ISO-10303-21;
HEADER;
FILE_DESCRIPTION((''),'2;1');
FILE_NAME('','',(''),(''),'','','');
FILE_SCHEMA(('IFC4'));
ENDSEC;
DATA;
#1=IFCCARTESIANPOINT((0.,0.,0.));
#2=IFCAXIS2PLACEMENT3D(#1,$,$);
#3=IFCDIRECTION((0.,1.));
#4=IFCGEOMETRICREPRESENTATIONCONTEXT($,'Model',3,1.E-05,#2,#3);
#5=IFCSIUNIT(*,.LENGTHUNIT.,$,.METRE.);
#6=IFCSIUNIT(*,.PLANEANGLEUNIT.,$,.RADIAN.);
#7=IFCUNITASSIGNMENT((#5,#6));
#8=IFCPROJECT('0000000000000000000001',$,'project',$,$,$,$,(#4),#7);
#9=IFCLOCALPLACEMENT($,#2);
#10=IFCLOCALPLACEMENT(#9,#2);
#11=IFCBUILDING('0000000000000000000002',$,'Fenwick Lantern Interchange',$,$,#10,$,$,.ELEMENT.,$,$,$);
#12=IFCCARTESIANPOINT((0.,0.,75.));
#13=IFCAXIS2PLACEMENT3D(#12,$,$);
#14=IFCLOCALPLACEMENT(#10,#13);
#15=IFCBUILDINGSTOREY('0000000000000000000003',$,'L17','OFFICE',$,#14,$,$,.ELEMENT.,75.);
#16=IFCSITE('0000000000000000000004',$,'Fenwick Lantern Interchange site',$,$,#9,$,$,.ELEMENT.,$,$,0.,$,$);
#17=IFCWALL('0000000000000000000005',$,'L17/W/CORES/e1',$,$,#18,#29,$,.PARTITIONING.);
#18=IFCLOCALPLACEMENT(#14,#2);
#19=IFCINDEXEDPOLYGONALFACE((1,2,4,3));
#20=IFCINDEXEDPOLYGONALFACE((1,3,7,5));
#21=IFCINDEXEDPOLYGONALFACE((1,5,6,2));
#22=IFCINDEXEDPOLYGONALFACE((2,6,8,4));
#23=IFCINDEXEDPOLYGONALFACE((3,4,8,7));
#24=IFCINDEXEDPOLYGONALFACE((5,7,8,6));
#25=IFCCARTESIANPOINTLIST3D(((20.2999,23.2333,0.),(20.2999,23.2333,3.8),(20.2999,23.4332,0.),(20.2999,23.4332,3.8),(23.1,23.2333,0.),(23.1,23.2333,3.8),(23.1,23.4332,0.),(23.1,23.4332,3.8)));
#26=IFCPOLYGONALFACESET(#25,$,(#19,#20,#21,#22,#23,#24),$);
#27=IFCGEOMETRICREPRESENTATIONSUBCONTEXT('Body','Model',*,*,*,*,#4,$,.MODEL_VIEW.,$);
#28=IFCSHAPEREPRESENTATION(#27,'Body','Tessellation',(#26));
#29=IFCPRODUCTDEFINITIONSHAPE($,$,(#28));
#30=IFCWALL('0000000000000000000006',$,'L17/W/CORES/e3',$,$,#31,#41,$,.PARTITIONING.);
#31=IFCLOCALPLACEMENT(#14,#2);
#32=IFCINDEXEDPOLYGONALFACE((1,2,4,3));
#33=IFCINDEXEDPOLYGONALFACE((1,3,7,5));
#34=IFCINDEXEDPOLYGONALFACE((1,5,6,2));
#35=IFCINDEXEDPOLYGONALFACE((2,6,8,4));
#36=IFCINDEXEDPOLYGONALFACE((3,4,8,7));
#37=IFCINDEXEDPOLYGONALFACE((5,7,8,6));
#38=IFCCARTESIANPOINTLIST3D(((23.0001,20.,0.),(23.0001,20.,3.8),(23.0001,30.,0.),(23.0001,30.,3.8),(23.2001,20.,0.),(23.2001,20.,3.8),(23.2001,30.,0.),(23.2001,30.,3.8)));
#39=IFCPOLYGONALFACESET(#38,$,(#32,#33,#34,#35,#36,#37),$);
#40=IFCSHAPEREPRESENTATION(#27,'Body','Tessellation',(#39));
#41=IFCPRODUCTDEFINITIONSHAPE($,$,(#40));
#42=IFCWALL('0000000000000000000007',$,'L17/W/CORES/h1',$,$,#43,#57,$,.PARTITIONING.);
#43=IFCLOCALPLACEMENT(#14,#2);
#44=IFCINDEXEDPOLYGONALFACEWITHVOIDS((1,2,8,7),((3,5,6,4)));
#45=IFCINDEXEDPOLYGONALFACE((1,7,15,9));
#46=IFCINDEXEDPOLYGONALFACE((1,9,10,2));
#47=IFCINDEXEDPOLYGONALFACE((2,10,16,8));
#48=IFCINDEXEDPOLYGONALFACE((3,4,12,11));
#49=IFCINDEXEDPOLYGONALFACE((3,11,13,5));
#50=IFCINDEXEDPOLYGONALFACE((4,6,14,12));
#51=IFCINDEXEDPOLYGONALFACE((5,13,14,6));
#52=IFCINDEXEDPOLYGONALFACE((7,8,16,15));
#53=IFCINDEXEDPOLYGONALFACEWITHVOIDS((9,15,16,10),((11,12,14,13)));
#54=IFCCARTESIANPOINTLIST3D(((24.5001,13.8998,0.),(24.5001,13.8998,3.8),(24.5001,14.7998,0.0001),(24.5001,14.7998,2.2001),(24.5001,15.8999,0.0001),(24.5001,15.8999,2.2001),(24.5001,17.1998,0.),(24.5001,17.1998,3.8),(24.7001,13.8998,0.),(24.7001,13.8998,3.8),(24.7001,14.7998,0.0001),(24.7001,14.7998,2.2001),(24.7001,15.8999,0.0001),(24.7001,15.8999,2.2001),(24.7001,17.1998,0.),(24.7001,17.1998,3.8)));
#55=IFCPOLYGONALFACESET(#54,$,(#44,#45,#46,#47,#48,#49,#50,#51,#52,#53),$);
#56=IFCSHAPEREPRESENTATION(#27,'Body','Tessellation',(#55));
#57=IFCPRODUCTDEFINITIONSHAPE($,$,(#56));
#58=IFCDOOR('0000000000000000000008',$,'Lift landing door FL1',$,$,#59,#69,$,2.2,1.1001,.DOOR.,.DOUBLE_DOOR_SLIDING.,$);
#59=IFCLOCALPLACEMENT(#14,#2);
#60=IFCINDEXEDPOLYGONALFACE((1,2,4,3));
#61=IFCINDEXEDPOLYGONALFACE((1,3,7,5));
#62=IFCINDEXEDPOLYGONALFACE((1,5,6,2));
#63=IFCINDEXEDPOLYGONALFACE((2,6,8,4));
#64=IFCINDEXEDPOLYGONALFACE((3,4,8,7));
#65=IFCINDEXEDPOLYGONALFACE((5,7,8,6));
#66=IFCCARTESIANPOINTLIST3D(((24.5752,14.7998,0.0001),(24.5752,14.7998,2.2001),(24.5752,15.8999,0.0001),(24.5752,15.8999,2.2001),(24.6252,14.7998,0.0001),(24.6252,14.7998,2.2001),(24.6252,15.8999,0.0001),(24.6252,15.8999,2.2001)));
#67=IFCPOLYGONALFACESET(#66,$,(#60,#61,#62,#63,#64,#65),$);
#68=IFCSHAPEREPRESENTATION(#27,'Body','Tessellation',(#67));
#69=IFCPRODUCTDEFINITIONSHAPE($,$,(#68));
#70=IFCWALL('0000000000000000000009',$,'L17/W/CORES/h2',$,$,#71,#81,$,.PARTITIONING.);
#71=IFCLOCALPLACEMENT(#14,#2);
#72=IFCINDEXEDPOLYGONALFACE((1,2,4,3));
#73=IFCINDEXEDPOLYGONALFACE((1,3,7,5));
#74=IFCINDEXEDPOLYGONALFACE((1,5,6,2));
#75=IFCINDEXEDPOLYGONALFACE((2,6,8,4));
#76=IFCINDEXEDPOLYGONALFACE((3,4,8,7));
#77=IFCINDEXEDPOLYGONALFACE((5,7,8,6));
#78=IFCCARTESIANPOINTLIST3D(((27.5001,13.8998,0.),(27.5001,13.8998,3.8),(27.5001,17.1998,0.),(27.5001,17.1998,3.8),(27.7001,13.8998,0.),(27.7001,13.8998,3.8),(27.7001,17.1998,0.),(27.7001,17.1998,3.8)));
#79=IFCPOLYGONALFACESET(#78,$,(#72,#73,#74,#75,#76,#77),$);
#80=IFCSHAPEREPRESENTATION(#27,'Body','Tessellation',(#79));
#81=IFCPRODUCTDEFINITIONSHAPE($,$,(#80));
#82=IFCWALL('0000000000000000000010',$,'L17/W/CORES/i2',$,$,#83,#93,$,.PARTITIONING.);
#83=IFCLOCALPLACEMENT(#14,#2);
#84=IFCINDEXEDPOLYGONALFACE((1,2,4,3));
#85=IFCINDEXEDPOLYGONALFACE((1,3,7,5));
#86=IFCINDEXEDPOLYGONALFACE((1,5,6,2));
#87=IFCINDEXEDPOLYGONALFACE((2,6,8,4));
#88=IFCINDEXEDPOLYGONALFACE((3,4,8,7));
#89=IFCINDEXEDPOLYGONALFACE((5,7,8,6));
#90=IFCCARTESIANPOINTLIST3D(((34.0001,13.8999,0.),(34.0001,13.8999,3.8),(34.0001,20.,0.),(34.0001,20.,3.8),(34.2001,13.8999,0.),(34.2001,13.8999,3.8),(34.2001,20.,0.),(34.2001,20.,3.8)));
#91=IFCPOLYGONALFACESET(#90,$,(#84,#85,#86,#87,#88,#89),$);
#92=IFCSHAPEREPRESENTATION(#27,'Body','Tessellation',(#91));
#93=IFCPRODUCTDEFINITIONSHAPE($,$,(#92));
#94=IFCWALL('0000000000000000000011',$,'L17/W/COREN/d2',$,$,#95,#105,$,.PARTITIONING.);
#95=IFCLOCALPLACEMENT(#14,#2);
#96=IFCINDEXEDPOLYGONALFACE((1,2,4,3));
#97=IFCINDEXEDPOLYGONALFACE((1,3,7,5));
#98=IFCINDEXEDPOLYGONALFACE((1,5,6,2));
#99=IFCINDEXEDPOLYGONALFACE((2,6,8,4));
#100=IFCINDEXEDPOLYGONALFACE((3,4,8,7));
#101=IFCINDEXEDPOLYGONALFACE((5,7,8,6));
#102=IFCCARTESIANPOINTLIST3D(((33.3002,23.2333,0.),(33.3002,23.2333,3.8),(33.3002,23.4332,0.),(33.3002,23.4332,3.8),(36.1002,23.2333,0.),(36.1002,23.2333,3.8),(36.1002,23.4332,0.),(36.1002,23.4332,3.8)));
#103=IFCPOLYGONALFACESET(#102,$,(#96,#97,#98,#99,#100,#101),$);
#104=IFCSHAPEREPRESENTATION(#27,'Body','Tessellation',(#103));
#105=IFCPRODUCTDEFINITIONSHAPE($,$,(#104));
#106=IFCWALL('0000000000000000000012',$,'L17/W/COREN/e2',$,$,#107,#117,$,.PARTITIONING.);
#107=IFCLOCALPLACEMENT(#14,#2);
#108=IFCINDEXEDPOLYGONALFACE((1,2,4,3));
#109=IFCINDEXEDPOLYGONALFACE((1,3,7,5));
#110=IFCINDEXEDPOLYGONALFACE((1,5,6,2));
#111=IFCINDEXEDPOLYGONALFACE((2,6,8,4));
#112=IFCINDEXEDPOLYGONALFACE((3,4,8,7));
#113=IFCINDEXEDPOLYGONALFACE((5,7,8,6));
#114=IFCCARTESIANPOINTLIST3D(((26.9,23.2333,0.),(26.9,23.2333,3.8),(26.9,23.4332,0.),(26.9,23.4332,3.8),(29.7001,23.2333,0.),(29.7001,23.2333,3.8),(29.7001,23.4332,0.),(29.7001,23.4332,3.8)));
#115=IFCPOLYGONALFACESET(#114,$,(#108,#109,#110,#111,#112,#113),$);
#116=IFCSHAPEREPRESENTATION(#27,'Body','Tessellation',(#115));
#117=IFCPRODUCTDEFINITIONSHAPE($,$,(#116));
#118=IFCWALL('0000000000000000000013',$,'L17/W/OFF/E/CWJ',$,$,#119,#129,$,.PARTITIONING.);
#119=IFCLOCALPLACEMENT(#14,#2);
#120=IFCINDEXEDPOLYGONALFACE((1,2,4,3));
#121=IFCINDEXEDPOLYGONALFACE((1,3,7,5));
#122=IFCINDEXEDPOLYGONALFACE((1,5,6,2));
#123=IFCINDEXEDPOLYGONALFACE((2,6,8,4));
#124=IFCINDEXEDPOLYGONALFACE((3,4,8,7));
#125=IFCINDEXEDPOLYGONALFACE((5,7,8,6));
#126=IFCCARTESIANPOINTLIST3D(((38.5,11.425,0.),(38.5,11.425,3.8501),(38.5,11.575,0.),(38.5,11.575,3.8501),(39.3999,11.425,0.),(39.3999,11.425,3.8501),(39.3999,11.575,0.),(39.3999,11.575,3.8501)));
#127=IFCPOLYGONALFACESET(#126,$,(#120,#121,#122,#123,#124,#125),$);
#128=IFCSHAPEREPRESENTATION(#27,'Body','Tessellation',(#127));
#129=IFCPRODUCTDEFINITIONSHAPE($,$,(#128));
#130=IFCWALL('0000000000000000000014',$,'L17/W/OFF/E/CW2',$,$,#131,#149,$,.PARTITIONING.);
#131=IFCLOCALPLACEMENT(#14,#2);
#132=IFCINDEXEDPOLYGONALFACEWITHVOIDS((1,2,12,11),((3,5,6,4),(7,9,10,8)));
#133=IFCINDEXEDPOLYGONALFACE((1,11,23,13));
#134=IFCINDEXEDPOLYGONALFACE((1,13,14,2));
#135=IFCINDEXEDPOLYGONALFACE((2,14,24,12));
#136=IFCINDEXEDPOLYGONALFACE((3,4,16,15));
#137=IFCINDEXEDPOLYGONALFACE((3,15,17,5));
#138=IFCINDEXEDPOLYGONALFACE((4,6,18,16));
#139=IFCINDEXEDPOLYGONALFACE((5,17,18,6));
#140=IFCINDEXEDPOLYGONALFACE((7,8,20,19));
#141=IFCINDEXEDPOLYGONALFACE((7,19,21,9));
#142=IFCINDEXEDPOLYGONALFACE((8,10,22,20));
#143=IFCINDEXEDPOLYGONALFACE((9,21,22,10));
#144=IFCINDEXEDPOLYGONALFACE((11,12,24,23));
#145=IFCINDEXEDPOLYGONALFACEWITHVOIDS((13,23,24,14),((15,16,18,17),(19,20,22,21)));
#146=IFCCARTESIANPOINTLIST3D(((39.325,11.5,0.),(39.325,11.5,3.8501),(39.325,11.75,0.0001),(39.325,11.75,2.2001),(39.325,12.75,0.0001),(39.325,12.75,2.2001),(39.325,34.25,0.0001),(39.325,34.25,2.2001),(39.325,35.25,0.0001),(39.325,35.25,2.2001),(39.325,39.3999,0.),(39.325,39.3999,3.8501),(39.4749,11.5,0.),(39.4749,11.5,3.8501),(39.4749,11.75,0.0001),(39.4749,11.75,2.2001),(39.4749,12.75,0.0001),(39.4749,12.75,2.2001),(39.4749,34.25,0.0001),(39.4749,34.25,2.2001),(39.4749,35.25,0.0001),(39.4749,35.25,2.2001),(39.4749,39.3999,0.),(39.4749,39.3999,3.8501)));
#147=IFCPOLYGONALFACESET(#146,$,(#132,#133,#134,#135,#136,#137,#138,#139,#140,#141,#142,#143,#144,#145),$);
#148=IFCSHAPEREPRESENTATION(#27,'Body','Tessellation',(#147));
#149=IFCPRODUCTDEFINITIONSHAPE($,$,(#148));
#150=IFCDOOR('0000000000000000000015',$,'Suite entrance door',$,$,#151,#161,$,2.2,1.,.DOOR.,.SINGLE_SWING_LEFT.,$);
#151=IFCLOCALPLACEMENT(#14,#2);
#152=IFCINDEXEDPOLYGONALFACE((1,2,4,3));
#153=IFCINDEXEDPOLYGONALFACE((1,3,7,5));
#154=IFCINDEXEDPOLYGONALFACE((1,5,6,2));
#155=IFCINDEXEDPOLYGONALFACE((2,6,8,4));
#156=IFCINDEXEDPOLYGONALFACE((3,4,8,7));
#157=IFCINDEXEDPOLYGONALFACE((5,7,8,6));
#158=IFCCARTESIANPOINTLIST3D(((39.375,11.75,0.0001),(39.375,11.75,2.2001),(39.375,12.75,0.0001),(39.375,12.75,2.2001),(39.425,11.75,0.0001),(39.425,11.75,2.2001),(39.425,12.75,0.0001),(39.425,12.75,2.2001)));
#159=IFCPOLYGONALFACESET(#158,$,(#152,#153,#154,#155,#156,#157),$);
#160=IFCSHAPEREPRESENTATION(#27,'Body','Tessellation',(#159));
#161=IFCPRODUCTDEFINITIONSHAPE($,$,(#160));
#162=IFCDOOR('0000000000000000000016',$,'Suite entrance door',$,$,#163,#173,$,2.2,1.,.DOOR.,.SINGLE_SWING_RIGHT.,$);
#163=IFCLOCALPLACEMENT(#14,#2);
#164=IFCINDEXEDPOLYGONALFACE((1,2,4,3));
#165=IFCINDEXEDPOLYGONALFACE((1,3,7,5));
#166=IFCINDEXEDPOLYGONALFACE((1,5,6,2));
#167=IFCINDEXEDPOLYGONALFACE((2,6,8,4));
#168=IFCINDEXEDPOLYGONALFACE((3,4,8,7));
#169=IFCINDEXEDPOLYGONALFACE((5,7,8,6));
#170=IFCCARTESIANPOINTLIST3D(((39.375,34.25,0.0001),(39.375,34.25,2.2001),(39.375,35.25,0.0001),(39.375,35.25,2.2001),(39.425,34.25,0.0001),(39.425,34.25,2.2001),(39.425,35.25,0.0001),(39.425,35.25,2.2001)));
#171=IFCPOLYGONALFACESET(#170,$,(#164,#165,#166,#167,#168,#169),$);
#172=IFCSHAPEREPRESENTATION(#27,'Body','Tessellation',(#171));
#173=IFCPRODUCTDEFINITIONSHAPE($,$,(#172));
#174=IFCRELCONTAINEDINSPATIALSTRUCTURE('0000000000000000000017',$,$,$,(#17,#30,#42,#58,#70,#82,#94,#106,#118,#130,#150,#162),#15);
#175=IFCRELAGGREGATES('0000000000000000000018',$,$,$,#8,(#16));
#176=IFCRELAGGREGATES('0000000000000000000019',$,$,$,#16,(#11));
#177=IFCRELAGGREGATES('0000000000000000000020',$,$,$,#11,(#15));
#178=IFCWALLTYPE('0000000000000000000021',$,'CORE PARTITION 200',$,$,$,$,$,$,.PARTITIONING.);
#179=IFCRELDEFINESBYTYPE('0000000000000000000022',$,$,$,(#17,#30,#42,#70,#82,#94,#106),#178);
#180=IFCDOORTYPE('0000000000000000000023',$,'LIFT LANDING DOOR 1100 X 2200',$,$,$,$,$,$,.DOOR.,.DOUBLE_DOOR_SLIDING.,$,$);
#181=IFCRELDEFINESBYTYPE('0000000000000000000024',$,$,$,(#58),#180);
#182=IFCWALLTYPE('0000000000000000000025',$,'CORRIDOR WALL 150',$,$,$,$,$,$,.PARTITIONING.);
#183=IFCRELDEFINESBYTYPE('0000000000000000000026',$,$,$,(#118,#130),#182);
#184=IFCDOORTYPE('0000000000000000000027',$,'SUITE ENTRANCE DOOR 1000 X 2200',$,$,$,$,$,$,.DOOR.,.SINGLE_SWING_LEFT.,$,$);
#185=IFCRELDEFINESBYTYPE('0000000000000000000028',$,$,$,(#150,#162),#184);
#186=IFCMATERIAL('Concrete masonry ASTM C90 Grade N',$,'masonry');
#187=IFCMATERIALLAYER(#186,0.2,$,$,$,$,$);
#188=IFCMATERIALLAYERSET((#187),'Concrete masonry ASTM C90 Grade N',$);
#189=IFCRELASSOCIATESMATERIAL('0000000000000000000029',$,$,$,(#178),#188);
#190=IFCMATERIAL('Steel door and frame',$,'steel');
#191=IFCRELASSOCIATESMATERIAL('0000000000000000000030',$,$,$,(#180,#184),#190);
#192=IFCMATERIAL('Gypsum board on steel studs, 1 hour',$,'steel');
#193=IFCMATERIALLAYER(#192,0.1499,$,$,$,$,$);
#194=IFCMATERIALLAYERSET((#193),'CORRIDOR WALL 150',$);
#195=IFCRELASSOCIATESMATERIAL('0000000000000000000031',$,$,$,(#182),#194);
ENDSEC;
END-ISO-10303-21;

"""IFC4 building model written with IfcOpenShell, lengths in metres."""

from ifc_helpers import new_model, si_unit, direction, frame, frame_2d, origin, place, context, subcontext, project, spatial, rectangle, extrude, material, layer, layer_set, type_object, element, fill, save


model = new_model("IFC4")

# Units and contexts
model_context = context("Model", 3, precision=1e-05, world=origin(), true_north=direction((0.0, 1.0)))
body_context = subcontext(model_context, "Body", "Model", "MODEL_VIEW")
ifc_project = project(units=[si_unit("LENGTHUNIT", "METRE"), si_unit("PLANEANGLEUNIT", "RADIAN")], contexts=[model_context])

# Site, building, storey
site_placement = place(None, origin())
site = spatial("IfcSite", under=ifc_project, at=site_placement, Name="Fenwick Lantern Interchange site", CompositionType="ELEMENT", RefElevation=0.0)
building_placement = place(site_placement, origin())
building = spatial("IfcBuilding", under=site, at=building_placement, Name="Fenwick Lantern Interchange", CompositionType="ELEMENT")
storey_placement = place(building_placement, frame((0.0, 0.0, 75.0)))
storey = spatial("IfcBuildingStorey", under=building, at=storey_placement, Name="L17", Description="OFFICE", CompositionType="ELEMENT", Elevation=75.0)

# Walls
ifc_material_1 = material(Name="Concrete masonry ASTM C90 Grade N", Category="masonry")
ifc_layer_1 = layer(ifc_material_1, 0.2)
ifc_layer_set_1 = layer_set([ifc_layer_1], Name="Concrete masonry ASTM C90 Grade N")
wall_type_1 = type_object("IfcWallType", Name="CORE PARTITION 200", PredefinedType="PARTITIONING", material=ifc_layer_set_1)
wall_1_placement = place(storey_placement, frame((20.3, 23.3333, 0.0), z_axis=(0.0, 0.0, 1.0), x_axis=(1.0, 0.0, 0.0)))
element("IfcWall", 1, at=wall_1_placement, inside=storey, type_object=wall_type_1, Name="L17/W/CORES/e1", PredefinedType="PARTITIONING", context=body_context, shape_type="SweptSolid", body=[
    extrude(rectangle(XDim=2.8, YDim=0.2, at=frame_2d((1.3999, 0.0))), origin(), (0.0, 0.0, 1.0), 3.8),
])
wall_2_placement = place(storey_placement, frame((23.1001, 20.0, 0.0), z_axis=(0.0, 0.0, 1.0), x_axis=(0.0, 1.0, 0.0)))
element("IfcWall", 2, at=wall_2_placement, inside=storey, type_object=wall_type_1, Name="L17/W/CORES/e3", PredefinedType="PARTITIONING", context=body_context, shape_type="SweptSolid", body=[
    extrude(rectangle(XDim=10.0, YDim=0.2, at=frame_2d((5.0, 0.0))), origin(), (0.0, 0.0, 1.0), 3.8),
])

# Wall, opening, door
wall_3_placement = place(storey_placement, frame((24.6001, 13.8999, 0.0), z_axis=(0.0, 0.0, 1.0), x_axis=(0.0, 1.0, 0.0)))
wall_3 = element("IfcWall", 3, at=wall_3_placement, inside=storey, type_object=wall_type_1, Name="L17/W/CORES/h1", PredefinedType="PARTITIONING", context=body_context, shape_type="SweptSolid", body=[
    extrude(rectangle(XDim=3.3, YDim=0.2, at=frame_2d((1.6499, 0.0))), origin(), (0.0, 0.0, 1.0), 3.8),
])
opening_1_placement = place(wall_3_placement, frame((0.8999, 0.0, 0.0)))
opening_1 = element("IfcOpeningElement", 4, at=opening_1_placement, cuts=wall_3, PredefinedType="OPENING", context=body_context, shape_type="SweptSolid", body=[
    extrude(rectangle(XDim=1.1001, YDim=2.2, at=frame_2d((0.55, 1.1001))), frame((0.0, 0.1099, 0.0), z_axis=(0.0, -1.0, 0.0), x_axis=(1.0, 0.0, 0.0)), (0.0, 0.0, 1.0), 0.22),
])
ifc_material_2 = material(Name="Steel door and frame", Category="steel")
door_type_1 = type_object("IfcDoorType", Name="LIFT LANDING DOOR 1100 X 2200", OperationType="DOUBLE_DOOR_SLIDING", PredefinedType="DOOR", material=ifc_material_2)
door_1_placement = place(opening_1_placement, origin())
door_1 = element("IfcDoor", 5, at=door_1_placement, inside=storey, type_object=door_type_1, Name="Lift landing door FL1", OperationType="DOUBLE_DOOR_SLIDING", OverallHeight=2.2, OverallWidth=1.1001, PredefinedType="DOOR", context=body_context, shape_type="SweptSolid", body=[
    extrude(rectangle(XDim=1.1001, YDim=2.2, at=frame_2d((0.55, 1.1001))), frame((0.0, 0.0249, 0.0), z_axis=(0.0, -1.0, 0.0), x_axis=(1.0, 0.0, 0.0)), (0.0, 0.0, 1.0), 0.05),
])
fill(opening_1, door_1)

# Walls
wall_4_placement = place(storey_placement, frame((27.6001, 13.8999, 0.0), z_axis=(0.0, 0.0, 1.0), x_axis=(0.0, 1.0, 0.0)))
element("IfcWall", 6, at=wall_4_placement, inside=storey, type_object=wall_type_1, Name="L17/W/CORES/h2", PredefinedType="PARTITIONING", context=body_context, shape_type="SweptSolid", body=[
    extrude(rectangle(XDim=3.3, YDim=0.2, at=frame_2d((1.6499, 0.0))), origin(), (0.0, 0.0, 1.0), 3.8),
])
wall_5_placement = place(storey_placement, frame((34.1001, 13.8999, 0.0), z_axis=(0.0, 0.0, 1.0), x_axis=(0.0, 1.0, 0.0)))
element("IfcWall", 7, at=wall_5_placement, inside=storey, type_object=wall_type_1, Name="L17/W/CORES/i2", PredefinedType="PARTITIONING", context=body_context, shape_type="SweptSolid", body=[
    extrude(rectangle(XDim=6.1001, YDim=0.2, at=frame_2d((3.05, 0.0))), origin(), (0.0, 0.0, 1.0), 3.8),
])
for number, where, z_axis, x_axis, name in (
    (8, (36.1001, 23.3333, 0.0), (0.0, 0.0, 1.0), (-1.0, 0.0, 0.0), "L17/W/COREN/d2"),
    (9, (29.7, 23.3333, 0.0), (0.0, 0.0, 1.0), (-1.0, 0.0, 0.0), "L17/W/COREN/e2"),
):
    element("IfcWall", number, at=place(storey_placement, frame(where, z_axis=z_axis, x_axis=x_axis)), inside=storey, type_object=wall_type_1, Name=name, PredefinedType="PARTITIONING", context=body_context, shape_type="SweptSolid", body=[
        extrude(rectangle(XDim=2.8, YDim=0.2, at=frame_2d((1.3999, 0.0))), origin(), (0.0, 0.0, 1.0), 3.8),
    ])

# Wall
ifc_material_3 = material(Name="Gypsum board on steel studs, 1 hour", Category="steel")
ifc_layer_2 = layer(ifc_material_3, 0.1499)
ifc_layer_set_2 = layer_set([ifc_layer_2], Name="CORRIDOR WALL 150")
wall_type_2 = type_object("IfcWallType", Name="CORRIDOR WALL 150", PredefinedType="PARTITIONING", material=ifc_layer_set_2)
wall_6_placement = place(storey_placement, frame((38.5, 11.5, 0.0), z_axis=(0.0, 0.0, 1.0), x_axis=(1.0, 0.0, 0.0)))
element("IfcWall", 10, at=wall_6_placement, inside=storey, type_object=wall_type_2, Name="L17/W/OFF/E/CWJ", PredefinedType="PARTITIONING", context=body_context, shape_type="SweptSolid", body=[
    extrude(rectangle(XDim=0.8999, YDim=0.1499, at=frame_2d((0.45, 0.0))), origin(), (0.0, 0.0, 1.0), 3.8501),
])

# Wall, openings, doors
wall_7_placement = place(storey_placement, frame((39.3999, 11.5, 0.0), z_axis=(0.0, 0.0, 1.0), x_axis=(0.0, 1.0, 0.0)))
wall_7 = element("IfcWall", 11, at=wall_7_placement, inside=storey, type_object=wall_type_2, Name="L17/W/OFF/E/CW2", PredefinedType="PARTITIONING", context=body_context, shape_type="SweptSolid", body=[
    extrude(rectangle(XDim=27.8999, YDim=0.1499, at=frame_2d((13.95, 0.0))), origin(), (0.0, 0.0, 1.0), 3.8501),
])
opening_2_placement = place(wall_7_placement, frame((0.25, 0.0, 0.0)))
opening_2 = element("IfcOpeningElement", 12, at=opening_2_placement, cuts=wall_7, PredefinedType="OPENING", context=body_context, shape_type="SweptSolid", body=[
    extrude(rectangle(XDim=1.0, YDim=2.2, at=frame_2d((0.5, 1.1001))), frame((0.0, 0.085, 0.0), z_axis=(0.0, -1.0, 0.0), x_axis=(1.0, 0.0, 0.0)), (0.0, 0.0, 1.0), 0.1699),
])
opening_3_placement = place(wall_7_placement, frame((22.75, 0.0, 0.0)))
opening_3 = element("IfcOpeningElement", 13, at=opening_3_placement, cuts=wall_7, PredefinedType="OPENING", context=body_context, shape_type="SweptSolid", body=[
    extrude(rectangle(XDim=1.0, YDim=2.2, at=frame_2d((0.5, 1.1001))), frame((0.0, 0.085, 0.0), z_axis=(0.0, -1.0, 0.0), x_axis=(1.0, 0.0, 0.0)), (0.0, 0.0, 1.0), 0.1699),
])
door_type_2 = type_object("IfcDoorType", Name="SUITE ENTRANCE DOOR 1000 X 2200", OperationType="SINGLE_SWING_LEFT", PredefinedType="DOOR", material=ifc_material_2)
door_2_placement = place(opening_2_placement, origin())
door_2 = element("IfcDoor", 14, at=door_2_placement, inside=storey, type_object=door_type_2, Name="Suite entrance door", OperationType="SINGLE_SWING_LEFT", OverallHeight=2.2, OverallWidth=1.0, PredefinedType="DOOR", context=body_context, shape_type="SweptSolid", body=[
    extrude(rectangle(XDim=1.0, YDim=2.2, at=frame_2d((0.5, 1.1001))), frame((0.0, 0.0249, 0.0), z_axis=(0.0, -1.0, 0.0), x_axis=(1.0, 0.0, 0.0)), (0.0, 0.0, 1.0), 0.05),
])
fill(opening_2, door_2)
door_3_placement = place(opening_3_placement, origin())
door_3 = element("IfcDoor", 15, at=door_3_placement, inside=storey, type_object=door_type_2, Name="Suite entrance door", OperationType="SINGLE_SWING_RIGHT", OverallHeight=2.2, OverallWidth=1.0, PredefinedType="DOOR", context=body_context, shape_type="SweptSolid", body=[
    extrude(rectangle(XDim=1.0, YDim=2.2, at=frame_2d((0.5, 1.1001))), frame((0.0, 0.0249, 0.0), z_axis=(0.0, -1.0, 0.0), x_axis=(1.0, 0.0, 0.0)), (0.0, 0.0, 1.0), 0.05),
])
fill(opening_3, door_3)

save(model, "model.ifc")
